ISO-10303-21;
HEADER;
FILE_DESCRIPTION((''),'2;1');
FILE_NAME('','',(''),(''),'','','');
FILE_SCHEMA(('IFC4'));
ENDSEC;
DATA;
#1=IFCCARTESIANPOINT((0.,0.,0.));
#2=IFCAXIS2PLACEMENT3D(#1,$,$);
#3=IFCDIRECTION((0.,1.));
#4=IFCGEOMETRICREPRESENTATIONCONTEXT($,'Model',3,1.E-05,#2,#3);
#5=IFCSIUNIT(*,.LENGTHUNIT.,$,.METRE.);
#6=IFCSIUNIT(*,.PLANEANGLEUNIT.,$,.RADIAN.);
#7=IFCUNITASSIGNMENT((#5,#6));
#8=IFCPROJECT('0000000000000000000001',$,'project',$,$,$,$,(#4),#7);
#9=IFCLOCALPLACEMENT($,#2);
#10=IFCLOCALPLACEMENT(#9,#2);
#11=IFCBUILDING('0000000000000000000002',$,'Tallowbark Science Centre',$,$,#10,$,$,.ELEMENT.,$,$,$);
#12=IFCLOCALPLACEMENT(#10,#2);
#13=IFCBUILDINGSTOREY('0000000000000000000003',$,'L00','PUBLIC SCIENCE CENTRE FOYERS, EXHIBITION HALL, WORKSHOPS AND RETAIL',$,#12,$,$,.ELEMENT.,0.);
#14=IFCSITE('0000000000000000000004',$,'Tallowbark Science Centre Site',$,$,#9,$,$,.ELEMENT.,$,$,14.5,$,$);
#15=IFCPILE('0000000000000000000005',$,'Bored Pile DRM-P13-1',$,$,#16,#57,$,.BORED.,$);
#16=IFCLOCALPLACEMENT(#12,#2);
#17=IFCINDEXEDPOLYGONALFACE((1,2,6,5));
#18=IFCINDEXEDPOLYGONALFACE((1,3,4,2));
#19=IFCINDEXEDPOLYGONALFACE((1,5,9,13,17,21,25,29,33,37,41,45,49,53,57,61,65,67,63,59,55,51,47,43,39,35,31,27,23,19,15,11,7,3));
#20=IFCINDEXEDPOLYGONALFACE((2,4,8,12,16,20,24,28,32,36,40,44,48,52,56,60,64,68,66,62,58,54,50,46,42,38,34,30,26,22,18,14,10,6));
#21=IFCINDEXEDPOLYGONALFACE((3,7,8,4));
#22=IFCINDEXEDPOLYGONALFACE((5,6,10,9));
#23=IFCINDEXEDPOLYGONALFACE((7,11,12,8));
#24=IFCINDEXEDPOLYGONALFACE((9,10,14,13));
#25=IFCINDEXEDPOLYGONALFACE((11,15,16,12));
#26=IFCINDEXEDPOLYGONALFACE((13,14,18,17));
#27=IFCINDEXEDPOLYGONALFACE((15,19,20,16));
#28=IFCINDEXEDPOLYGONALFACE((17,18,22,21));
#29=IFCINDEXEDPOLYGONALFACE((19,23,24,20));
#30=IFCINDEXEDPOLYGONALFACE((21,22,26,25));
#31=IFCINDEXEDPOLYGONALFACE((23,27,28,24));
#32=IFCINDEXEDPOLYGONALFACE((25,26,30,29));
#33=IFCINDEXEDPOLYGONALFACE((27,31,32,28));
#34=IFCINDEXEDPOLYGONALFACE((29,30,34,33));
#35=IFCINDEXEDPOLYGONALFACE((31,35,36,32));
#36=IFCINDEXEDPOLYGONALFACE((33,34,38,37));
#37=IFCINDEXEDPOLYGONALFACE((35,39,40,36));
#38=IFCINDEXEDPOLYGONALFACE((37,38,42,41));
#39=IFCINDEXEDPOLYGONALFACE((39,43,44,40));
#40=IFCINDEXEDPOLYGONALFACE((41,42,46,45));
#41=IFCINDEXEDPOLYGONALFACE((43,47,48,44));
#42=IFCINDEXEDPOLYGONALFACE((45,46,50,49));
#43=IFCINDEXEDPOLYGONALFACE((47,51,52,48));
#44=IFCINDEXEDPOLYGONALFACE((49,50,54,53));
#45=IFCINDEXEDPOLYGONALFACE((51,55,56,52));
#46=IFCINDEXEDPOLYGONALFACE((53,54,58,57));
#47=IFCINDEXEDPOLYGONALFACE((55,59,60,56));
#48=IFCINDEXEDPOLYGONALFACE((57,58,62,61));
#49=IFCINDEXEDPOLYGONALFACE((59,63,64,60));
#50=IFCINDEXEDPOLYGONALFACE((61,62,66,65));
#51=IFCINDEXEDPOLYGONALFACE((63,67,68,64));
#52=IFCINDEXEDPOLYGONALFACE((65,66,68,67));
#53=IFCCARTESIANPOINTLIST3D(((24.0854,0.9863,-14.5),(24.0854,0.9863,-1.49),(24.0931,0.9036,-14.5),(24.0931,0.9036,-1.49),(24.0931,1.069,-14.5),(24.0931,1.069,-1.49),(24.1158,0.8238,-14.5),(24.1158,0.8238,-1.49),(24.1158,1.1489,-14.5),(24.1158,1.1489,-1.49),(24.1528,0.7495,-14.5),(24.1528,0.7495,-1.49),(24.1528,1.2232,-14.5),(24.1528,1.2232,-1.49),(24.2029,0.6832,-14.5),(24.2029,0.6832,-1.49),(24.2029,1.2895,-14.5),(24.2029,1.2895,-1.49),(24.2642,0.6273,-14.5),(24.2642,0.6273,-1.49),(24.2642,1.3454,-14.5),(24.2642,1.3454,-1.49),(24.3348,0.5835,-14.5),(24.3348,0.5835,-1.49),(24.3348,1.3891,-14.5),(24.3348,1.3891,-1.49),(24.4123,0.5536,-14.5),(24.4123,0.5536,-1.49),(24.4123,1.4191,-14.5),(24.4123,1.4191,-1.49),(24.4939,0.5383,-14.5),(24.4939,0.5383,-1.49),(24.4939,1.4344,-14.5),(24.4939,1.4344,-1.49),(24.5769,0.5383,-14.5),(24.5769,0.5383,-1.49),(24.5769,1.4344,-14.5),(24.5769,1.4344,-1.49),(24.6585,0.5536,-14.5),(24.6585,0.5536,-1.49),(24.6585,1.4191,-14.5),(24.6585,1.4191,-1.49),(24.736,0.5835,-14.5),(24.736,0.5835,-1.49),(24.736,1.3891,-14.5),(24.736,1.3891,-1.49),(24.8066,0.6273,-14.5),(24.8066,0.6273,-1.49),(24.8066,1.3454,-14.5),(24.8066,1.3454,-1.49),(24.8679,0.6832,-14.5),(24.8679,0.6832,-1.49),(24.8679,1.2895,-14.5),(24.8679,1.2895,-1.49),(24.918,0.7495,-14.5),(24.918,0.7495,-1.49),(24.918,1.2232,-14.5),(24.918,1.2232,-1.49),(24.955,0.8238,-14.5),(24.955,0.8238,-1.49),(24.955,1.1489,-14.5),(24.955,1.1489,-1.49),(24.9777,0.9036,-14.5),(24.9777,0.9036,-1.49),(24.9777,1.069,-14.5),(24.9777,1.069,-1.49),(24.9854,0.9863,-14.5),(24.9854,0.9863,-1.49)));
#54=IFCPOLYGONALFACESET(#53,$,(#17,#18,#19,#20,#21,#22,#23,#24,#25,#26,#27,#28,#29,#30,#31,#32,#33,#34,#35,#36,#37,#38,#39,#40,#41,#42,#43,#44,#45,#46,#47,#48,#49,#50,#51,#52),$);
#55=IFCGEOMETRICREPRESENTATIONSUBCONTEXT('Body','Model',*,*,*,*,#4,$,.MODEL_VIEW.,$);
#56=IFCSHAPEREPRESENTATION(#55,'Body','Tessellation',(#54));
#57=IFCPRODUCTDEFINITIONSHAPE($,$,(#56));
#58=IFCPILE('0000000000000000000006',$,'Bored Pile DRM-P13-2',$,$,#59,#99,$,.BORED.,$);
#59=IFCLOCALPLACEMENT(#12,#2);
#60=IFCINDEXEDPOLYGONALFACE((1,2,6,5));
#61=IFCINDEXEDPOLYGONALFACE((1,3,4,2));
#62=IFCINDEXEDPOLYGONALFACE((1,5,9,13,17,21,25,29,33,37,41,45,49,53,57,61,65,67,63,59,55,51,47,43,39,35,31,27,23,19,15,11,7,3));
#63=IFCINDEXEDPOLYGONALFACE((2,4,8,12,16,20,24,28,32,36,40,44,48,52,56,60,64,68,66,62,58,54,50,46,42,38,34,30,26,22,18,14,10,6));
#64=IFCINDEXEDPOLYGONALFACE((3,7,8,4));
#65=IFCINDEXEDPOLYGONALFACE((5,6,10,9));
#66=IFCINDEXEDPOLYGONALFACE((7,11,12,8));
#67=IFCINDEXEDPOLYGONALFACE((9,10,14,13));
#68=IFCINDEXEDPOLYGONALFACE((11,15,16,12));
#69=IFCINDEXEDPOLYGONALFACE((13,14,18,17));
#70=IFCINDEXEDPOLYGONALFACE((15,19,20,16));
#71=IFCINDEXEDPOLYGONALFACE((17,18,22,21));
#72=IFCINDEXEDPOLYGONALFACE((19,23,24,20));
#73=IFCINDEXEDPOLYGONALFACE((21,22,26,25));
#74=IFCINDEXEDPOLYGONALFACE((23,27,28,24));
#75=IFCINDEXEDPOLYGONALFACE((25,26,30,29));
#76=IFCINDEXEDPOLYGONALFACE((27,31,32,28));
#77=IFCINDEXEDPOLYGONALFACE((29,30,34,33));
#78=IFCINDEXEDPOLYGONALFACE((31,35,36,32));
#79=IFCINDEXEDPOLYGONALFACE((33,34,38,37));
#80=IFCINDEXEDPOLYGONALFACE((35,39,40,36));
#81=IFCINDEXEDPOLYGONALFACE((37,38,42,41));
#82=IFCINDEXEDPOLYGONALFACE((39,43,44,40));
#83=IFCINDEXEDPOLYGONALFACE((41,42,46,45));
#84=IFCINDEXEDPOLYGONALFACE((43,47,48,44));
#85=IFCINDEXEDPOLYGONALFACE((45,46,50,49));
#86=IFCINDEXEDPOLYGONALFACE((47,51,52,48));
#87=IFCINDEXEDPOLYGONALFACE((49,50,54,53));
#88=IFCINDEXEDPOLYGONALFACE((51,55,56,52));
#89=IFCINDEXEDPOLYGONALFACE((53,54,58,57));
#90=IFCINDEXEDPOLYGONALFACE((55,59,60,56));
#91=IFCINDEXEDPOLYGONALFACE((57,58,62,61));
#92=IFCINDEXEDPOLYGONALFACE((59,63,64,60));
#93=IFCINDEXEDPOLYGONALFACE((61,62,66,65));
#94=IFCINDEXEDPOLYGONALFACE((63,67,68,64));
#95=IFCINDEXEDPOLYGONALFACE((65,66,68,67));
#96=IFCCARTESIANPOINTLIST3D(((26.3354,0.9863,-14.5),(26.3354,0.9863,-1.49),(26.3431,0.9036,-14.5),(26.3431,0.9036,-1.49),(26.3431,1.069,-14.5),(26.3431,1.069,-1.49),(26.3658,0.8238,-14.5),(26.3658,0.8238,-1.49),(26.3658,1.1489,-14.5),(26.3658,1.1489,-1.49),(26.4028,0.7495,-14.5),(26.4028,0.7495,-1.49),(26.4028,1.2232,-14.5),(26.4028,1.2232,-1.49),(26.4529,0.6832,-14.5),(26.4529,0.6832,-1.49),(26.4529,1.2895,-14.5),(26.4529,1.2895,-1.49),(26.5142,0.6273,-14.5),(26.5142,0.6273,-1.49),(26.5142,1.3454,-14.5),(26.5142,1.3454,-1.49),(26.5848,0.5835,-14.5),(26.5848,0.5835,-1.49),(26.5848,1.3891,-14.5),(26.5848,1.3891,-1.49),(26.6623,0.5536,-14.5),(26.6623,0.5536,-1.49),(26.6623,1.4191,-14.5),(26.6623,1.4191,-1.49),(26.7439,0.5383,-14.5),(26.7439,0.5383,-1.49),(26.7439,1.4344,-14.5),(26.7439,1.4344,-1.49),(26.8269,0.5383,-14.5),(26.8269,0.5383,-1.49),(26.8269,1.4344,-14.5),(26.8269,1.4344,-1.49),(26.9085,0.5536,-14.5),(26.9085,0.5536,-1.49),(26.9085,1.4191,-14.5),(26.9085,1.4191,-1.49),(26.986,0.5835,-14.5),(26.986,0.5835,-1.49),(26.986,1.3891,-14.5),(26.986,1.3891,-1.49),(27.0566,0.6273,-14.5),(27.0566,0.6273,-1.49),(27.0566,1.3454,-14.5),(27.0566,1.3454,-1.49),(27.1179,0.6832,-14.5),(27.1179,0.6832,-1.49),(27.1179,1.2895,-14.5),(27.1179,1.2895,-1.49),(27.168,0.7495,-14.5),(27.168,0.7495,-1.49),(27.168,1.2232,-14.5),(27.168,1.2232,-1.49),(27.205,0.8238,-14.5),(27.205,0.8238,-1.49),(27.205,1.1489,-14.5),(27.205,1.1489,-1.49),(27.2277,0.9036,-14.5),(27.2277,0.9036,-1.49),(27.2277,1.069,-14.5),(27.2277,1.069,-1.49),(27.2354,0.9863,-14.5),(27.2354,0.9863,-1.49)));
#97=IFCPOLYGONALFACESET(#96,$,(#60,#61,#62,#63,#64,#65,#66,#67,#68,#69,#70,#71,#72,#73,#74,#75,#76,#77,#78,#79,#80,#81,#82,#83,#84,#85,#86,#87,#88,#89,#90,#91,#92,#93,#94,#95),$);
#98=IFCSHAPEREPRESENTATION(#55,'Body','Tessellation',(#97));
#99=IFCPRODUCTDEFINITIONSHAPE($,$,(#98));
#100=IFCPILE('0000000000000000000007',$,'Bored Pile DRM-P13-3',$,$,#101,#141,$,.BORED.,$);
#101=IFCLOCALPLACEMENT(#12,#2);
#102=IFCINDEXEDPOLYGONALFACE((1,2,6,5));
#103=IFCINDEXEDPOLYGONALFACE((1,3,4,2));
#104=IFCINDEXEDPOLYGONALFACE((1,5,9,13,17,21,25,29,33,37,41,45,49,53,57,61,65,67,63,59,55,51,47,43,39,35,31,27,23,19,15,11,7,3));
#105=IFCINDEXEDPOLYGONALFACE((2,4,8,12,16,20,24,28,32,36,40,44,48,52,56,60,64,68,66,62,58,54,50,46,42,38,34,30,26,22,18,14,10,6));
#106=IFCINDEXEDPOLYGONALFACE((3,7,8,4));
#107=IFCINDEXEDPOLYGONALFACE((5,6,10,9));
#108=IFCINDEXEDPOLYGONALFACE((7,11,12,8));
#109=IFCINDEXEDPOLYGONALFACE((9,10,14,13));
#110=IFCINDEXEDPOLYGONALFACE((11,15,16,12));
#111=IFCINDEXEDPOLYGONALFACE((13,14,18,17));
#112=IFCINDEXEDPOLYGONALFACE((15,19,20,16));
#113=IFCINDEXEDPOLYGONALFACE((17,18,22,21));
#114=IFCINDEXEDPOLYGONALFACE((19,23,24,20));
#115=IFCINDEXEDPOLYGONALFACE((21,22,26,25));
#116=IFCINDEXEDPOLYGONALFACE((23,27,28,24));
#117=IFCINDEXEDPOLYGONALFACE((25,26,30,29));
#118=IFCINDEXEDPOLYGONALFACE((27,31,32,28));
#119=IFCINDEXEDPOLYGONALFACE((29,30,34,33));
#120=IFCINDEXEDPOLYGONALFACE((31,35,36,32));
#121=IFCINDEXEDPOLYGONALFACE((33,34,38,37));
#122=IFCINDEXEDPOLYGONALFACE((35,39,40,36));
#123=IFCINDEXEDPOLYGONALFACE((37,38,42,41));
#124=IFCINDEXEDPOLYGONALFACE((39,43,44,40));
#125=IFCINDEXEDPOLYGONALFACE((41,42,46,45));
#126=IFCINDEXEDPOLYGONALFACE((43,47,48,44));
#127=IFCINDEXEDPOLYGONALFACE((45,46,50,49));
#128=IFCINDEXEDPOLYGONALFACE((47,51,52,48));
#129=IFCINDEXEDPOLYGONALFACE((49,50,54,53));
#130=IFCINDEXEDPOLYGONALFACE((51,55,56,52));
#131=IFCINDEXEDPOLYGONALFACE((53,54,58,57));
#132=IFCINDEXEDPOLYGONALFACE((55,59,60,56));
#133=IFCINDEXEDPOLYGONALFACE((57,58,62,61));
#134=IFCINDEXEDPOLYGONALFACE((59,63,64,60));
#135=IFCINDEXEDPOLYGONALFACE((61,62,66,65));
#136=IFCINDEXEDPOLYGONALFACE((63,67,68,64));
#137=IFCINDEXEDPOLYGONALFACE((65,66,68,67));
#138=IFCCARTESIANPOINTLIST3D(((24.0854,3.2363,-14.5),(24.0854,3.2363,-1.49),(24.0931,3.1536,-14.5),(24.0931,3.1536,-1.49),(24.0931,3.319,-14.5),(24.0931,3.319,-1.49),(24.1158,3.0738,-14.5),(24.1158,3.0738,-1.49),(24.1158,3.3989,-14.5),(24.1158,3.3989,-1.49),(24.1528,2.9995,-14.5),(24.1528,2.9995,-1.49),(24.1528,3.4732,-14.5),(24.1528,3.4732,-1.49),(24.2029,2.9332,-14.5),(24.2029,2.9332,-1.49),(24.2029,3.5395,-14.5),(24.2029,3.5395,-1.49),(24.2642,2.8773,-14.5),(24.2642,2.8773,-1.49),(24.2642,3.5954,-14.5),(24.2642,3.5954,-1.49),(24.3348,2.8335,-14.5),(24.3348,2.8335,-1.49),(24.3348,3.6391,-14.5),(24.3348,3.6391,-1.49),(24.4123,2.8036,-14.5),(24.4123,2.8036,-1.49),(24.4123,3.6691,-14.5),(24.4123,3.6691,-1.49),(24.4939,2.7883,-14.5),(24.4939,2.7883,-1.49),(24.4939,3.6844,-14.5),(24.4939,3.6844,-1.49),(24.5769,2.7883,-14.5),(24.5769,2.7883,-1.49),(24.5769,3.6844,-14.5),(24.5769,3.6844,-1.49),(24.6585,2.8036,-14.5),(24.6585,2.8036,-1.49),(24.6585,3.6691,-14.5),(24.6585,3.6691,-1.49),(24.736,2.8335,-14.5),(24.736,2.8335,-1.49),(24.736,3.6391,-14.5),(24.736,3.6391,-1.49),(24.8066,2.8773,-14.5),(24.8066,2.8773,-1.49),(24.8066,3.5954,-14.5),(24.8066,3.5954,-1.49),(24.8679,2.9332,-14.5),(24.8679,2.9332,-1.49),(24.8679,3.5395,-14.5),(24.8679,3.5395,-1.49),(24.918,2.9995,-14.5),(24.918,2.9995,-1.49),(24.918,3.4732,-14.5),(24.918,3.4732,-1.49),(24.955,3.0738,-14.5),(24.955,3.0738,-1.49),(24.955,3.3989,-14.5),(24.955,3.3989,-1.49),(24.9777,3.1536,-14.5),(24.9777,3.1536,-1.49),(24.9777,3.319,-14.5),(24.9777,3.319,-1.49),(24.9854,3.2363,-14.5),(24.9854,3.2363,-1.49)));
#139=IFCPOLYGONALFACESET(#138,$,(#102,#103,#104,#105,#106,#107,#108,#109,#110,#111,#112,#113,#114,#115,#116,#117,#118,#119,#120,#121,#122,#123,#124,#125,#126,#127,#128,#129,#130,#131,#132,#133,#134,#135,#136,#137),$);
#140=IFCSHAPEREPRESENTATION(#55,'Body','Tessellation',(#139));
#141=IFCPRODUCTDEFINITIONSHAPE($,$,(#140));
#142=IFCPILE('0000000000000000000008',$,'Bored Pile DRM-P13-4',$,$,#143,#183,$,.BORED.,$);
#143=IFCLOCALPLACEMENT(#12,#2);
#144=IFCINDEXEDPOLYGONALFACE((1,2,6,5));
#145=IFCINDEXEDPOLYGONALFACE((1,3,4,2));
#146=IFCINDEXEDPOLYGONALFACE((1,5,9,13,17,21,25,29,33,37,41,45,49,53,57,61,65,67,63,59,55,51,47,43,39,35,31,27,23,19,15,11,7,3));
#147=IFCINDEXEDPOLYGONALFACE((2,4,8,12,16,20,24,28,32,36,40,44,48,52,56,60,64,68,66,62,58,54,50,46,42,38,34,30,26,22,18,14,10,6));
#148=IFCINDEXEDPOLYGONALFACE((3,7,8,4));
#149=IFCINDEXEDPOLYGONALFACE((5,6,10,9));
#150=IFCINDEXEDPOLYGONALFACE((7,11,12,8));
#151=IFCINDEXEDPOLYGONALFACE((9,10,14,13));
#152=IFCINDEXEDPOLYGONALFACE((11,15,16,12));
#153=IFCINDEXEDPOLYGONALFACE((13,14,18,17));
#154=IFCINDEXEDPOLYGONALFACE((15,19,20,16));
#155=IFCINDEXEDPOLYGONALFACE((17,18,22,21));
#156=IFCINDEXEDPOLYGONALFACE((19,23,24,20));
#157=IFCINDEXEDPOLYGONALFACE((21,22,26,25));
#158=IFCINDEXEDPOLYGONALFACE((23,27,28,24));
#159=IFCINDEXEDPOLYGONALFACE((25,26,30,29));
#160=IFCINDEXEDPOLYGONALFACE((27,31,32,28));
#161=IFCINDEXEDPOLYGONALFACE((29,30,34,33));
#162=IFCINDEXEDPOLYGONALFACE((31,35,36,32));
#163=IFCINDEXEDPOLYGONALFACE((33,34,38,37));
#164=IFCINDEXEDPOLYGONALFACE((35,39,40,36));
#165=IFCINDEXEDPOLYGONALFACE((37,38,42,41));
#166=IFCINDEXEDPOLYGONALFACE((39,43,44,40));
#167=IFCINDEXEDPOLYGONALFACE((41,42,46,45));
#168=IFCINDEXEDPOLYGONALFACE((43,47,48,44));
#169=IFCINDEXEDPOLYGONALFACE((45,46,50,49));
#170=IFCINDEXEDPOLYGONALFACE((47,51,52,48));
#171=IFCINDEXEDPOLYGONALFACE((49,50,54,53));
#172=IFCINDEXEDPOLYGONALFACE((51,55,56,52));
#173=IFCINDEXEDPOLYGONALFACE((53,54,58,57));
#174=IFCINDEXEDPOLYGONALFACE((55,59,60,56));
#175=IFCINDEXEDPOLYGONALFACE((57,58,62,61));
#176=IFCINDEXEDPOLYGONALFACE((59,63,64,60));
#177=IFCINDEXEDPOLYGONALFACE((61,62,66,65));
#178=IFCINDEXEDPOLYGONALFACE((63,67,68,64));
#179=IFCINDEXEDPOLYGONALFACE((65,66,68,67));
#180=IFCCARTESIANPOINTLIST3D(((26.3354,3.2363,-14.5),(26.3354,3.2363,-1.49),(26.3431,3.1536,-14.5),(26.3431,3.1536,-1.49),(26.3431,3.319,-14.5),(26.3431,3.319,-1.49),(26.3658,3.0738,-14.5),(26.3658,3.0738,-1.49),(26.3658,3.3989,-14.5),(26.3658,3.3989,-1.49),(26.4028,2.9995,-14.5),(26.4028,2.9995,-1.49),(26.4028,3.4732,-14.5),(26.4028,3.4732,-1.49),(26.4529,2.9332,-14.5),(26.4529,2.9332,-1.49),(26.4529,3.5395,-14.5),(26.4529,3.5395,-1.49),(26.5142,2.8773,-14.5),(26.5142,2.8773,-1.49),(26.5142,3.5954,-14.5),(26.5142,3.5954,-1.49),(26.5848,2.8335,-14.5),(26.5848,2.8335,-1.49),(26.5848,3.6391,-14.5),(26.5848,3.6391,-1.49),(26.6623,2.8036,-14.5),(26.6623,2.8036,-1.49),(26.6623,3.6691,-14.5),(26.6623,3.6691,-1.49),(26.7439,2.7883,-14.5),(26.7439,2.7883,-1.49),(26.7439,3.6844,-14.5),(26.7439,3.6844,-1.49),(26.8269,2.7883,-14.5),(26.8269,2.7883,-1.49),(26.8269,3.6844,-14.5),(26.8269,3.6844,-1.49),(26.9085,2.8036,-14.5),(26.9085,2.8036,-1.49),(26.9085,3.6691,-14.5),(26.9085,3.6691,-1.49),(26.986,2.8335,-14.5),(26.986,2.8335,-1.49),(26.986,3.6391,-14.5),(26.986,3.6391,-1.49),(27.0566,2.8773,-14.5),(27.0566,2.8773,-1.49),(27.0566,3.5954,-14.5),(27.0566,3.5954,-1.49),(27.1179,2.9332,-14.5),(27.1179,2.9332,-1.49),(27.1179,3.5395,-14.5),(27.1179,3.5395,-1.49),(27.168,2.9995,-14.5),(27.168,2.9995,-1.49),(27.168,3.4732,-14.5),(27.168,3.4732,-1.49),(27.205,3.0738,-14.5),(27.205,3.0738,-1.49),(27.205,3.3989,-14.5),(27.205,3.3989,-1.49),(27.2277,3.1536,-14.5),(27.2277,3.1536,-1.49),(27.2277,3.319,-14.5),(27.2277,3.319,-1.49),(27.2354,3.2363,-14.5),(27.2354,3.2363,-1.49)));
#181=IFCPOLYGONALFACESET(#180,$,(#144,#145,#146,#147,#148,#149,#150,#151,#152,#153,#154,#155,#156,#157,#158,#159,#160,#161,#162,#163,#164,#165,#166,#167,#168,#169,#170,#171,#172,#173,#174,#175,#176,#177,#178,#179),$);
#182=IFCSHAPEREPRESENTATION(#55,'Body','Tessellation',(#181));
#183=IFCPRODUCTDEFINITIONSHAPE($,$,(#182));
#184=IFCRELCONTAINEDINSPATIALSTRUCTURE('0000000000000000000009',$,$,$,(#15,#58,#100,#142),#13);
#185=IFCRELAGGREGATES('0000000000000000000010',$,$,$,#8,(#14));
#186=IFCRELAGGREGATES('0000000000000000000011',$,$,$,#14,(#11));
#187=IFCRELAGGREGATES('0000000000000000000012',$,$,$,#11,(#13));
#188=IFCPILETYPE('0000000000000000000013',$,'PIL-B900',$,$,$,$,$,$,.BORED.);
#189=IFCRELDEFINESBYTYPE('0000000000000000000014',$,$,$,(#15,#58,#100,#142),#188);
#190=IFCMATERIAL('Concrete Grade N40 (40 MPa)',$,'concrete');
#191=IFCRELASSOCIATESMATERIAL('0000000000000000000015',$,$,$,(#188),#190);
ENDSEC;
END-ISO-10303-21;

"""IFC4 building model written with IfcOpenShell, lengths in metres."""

from ifc_helpers import new_model, si_unit, direction, frame, origin, origin_2d, place, context, subcontext, project, spatial, circle, extrude, material, material_profile, profile_set, type_object, element, save


model = new_model("IFC4")

# Units and contexts
model_context = context("Model", 3, precision=1e-05, world=origin(), true_north=direction((0.0, 1.0)))
body_context = subcontext(model_context, "Body", "Model", "MODEL_VIEW")
ifc_project = project(units=[si_unit("LENGTHUNIT", "METRE"), si_unit("PLANEANGLEUNIT", "RADIAN")], contexts=[model_context])

# Site, building, storey
site_placement = place(None, origin())
site = spatial("IfcSite", under=ifc_project, at=site_placement, Name="Tallowbark Science Centre Site", CompositionType="ELEMENT", RefElevation=14.5)
building_placement = place(site_placement, origin())
building = spatial("IfcBuilding", under=site, at=building_placement, Name="Tallowbark Science Centre", CompositionType="ELEMENT")
storey_placement = place(building_placement, origin())
storey = spatial("IfcBuildingStorey", under=building, at=storey_placement, Name="L00", Description="PUBLIC SCIENCE CENTRE FOYERS, EXHIBITION HALL, WORKSHOPS AND RETAIL", CompositionType="ELEMENT", Elevation=0.0)

# Shared definitions
ifc_material_1 = material(Name="Concrete Grade N40 (40 MPa)", Category="concrete")

# Piles
ifc_material_profile_1 = material_profile(ifc_material_1, circle(Radius=0.45, at=origin_2d()), Name="PILE900")
ifc_profile_set_1 = profile_set([ifc_material_profile_1], Name="Concrete Grade N40 (40 MPa)")
pile_type_1 = type_object("IfcPileType", Name="PIL-B900", PredefinedType="BORED", material=ifc_profile_set_1)
for number, where, z_axis, x_axis, name in (
    (1, (24.5354, 0.9863, -1.49), (0.0, 0.0, -1.0), (1.0, 0.0, 0.0), "Bored Pile DRM-P13-1"),
    (2, (26.7854, 0.9863, -1.49), (0.0, 0.0, -1.0), (1.0, 0.0, 0.0), "Bored Pile DRM-P13-2"),
    (3, (24.5354, 3.2363, -1.49), (0.0, 0.0, -1.0), (1.0, 0.0, 0.0), "Bored Pile DRM-P13-3"),
    (4, (26.7854, 3.2363, -1.49), (0.0, 0.0, -1.0), (1.0, 0.0, 0.0), "Bored Pile DRM-P13-4"),
):
    element("IfcPile", number, at=place(storey_placement, frame(where, z_axis=z_axis, x_axis=x_axis)), inside=storey, type_object=pile_type_1, Name=name, PredefinedType="BORED", context=body_context, shape_type="SweptSolid", body=[
        extrude(circle(Radius=0.45, at=origin_2d()), origin(), (0.0, 0.0, 1.0), 13.01),
    ])

save(model, "model.ifc")
